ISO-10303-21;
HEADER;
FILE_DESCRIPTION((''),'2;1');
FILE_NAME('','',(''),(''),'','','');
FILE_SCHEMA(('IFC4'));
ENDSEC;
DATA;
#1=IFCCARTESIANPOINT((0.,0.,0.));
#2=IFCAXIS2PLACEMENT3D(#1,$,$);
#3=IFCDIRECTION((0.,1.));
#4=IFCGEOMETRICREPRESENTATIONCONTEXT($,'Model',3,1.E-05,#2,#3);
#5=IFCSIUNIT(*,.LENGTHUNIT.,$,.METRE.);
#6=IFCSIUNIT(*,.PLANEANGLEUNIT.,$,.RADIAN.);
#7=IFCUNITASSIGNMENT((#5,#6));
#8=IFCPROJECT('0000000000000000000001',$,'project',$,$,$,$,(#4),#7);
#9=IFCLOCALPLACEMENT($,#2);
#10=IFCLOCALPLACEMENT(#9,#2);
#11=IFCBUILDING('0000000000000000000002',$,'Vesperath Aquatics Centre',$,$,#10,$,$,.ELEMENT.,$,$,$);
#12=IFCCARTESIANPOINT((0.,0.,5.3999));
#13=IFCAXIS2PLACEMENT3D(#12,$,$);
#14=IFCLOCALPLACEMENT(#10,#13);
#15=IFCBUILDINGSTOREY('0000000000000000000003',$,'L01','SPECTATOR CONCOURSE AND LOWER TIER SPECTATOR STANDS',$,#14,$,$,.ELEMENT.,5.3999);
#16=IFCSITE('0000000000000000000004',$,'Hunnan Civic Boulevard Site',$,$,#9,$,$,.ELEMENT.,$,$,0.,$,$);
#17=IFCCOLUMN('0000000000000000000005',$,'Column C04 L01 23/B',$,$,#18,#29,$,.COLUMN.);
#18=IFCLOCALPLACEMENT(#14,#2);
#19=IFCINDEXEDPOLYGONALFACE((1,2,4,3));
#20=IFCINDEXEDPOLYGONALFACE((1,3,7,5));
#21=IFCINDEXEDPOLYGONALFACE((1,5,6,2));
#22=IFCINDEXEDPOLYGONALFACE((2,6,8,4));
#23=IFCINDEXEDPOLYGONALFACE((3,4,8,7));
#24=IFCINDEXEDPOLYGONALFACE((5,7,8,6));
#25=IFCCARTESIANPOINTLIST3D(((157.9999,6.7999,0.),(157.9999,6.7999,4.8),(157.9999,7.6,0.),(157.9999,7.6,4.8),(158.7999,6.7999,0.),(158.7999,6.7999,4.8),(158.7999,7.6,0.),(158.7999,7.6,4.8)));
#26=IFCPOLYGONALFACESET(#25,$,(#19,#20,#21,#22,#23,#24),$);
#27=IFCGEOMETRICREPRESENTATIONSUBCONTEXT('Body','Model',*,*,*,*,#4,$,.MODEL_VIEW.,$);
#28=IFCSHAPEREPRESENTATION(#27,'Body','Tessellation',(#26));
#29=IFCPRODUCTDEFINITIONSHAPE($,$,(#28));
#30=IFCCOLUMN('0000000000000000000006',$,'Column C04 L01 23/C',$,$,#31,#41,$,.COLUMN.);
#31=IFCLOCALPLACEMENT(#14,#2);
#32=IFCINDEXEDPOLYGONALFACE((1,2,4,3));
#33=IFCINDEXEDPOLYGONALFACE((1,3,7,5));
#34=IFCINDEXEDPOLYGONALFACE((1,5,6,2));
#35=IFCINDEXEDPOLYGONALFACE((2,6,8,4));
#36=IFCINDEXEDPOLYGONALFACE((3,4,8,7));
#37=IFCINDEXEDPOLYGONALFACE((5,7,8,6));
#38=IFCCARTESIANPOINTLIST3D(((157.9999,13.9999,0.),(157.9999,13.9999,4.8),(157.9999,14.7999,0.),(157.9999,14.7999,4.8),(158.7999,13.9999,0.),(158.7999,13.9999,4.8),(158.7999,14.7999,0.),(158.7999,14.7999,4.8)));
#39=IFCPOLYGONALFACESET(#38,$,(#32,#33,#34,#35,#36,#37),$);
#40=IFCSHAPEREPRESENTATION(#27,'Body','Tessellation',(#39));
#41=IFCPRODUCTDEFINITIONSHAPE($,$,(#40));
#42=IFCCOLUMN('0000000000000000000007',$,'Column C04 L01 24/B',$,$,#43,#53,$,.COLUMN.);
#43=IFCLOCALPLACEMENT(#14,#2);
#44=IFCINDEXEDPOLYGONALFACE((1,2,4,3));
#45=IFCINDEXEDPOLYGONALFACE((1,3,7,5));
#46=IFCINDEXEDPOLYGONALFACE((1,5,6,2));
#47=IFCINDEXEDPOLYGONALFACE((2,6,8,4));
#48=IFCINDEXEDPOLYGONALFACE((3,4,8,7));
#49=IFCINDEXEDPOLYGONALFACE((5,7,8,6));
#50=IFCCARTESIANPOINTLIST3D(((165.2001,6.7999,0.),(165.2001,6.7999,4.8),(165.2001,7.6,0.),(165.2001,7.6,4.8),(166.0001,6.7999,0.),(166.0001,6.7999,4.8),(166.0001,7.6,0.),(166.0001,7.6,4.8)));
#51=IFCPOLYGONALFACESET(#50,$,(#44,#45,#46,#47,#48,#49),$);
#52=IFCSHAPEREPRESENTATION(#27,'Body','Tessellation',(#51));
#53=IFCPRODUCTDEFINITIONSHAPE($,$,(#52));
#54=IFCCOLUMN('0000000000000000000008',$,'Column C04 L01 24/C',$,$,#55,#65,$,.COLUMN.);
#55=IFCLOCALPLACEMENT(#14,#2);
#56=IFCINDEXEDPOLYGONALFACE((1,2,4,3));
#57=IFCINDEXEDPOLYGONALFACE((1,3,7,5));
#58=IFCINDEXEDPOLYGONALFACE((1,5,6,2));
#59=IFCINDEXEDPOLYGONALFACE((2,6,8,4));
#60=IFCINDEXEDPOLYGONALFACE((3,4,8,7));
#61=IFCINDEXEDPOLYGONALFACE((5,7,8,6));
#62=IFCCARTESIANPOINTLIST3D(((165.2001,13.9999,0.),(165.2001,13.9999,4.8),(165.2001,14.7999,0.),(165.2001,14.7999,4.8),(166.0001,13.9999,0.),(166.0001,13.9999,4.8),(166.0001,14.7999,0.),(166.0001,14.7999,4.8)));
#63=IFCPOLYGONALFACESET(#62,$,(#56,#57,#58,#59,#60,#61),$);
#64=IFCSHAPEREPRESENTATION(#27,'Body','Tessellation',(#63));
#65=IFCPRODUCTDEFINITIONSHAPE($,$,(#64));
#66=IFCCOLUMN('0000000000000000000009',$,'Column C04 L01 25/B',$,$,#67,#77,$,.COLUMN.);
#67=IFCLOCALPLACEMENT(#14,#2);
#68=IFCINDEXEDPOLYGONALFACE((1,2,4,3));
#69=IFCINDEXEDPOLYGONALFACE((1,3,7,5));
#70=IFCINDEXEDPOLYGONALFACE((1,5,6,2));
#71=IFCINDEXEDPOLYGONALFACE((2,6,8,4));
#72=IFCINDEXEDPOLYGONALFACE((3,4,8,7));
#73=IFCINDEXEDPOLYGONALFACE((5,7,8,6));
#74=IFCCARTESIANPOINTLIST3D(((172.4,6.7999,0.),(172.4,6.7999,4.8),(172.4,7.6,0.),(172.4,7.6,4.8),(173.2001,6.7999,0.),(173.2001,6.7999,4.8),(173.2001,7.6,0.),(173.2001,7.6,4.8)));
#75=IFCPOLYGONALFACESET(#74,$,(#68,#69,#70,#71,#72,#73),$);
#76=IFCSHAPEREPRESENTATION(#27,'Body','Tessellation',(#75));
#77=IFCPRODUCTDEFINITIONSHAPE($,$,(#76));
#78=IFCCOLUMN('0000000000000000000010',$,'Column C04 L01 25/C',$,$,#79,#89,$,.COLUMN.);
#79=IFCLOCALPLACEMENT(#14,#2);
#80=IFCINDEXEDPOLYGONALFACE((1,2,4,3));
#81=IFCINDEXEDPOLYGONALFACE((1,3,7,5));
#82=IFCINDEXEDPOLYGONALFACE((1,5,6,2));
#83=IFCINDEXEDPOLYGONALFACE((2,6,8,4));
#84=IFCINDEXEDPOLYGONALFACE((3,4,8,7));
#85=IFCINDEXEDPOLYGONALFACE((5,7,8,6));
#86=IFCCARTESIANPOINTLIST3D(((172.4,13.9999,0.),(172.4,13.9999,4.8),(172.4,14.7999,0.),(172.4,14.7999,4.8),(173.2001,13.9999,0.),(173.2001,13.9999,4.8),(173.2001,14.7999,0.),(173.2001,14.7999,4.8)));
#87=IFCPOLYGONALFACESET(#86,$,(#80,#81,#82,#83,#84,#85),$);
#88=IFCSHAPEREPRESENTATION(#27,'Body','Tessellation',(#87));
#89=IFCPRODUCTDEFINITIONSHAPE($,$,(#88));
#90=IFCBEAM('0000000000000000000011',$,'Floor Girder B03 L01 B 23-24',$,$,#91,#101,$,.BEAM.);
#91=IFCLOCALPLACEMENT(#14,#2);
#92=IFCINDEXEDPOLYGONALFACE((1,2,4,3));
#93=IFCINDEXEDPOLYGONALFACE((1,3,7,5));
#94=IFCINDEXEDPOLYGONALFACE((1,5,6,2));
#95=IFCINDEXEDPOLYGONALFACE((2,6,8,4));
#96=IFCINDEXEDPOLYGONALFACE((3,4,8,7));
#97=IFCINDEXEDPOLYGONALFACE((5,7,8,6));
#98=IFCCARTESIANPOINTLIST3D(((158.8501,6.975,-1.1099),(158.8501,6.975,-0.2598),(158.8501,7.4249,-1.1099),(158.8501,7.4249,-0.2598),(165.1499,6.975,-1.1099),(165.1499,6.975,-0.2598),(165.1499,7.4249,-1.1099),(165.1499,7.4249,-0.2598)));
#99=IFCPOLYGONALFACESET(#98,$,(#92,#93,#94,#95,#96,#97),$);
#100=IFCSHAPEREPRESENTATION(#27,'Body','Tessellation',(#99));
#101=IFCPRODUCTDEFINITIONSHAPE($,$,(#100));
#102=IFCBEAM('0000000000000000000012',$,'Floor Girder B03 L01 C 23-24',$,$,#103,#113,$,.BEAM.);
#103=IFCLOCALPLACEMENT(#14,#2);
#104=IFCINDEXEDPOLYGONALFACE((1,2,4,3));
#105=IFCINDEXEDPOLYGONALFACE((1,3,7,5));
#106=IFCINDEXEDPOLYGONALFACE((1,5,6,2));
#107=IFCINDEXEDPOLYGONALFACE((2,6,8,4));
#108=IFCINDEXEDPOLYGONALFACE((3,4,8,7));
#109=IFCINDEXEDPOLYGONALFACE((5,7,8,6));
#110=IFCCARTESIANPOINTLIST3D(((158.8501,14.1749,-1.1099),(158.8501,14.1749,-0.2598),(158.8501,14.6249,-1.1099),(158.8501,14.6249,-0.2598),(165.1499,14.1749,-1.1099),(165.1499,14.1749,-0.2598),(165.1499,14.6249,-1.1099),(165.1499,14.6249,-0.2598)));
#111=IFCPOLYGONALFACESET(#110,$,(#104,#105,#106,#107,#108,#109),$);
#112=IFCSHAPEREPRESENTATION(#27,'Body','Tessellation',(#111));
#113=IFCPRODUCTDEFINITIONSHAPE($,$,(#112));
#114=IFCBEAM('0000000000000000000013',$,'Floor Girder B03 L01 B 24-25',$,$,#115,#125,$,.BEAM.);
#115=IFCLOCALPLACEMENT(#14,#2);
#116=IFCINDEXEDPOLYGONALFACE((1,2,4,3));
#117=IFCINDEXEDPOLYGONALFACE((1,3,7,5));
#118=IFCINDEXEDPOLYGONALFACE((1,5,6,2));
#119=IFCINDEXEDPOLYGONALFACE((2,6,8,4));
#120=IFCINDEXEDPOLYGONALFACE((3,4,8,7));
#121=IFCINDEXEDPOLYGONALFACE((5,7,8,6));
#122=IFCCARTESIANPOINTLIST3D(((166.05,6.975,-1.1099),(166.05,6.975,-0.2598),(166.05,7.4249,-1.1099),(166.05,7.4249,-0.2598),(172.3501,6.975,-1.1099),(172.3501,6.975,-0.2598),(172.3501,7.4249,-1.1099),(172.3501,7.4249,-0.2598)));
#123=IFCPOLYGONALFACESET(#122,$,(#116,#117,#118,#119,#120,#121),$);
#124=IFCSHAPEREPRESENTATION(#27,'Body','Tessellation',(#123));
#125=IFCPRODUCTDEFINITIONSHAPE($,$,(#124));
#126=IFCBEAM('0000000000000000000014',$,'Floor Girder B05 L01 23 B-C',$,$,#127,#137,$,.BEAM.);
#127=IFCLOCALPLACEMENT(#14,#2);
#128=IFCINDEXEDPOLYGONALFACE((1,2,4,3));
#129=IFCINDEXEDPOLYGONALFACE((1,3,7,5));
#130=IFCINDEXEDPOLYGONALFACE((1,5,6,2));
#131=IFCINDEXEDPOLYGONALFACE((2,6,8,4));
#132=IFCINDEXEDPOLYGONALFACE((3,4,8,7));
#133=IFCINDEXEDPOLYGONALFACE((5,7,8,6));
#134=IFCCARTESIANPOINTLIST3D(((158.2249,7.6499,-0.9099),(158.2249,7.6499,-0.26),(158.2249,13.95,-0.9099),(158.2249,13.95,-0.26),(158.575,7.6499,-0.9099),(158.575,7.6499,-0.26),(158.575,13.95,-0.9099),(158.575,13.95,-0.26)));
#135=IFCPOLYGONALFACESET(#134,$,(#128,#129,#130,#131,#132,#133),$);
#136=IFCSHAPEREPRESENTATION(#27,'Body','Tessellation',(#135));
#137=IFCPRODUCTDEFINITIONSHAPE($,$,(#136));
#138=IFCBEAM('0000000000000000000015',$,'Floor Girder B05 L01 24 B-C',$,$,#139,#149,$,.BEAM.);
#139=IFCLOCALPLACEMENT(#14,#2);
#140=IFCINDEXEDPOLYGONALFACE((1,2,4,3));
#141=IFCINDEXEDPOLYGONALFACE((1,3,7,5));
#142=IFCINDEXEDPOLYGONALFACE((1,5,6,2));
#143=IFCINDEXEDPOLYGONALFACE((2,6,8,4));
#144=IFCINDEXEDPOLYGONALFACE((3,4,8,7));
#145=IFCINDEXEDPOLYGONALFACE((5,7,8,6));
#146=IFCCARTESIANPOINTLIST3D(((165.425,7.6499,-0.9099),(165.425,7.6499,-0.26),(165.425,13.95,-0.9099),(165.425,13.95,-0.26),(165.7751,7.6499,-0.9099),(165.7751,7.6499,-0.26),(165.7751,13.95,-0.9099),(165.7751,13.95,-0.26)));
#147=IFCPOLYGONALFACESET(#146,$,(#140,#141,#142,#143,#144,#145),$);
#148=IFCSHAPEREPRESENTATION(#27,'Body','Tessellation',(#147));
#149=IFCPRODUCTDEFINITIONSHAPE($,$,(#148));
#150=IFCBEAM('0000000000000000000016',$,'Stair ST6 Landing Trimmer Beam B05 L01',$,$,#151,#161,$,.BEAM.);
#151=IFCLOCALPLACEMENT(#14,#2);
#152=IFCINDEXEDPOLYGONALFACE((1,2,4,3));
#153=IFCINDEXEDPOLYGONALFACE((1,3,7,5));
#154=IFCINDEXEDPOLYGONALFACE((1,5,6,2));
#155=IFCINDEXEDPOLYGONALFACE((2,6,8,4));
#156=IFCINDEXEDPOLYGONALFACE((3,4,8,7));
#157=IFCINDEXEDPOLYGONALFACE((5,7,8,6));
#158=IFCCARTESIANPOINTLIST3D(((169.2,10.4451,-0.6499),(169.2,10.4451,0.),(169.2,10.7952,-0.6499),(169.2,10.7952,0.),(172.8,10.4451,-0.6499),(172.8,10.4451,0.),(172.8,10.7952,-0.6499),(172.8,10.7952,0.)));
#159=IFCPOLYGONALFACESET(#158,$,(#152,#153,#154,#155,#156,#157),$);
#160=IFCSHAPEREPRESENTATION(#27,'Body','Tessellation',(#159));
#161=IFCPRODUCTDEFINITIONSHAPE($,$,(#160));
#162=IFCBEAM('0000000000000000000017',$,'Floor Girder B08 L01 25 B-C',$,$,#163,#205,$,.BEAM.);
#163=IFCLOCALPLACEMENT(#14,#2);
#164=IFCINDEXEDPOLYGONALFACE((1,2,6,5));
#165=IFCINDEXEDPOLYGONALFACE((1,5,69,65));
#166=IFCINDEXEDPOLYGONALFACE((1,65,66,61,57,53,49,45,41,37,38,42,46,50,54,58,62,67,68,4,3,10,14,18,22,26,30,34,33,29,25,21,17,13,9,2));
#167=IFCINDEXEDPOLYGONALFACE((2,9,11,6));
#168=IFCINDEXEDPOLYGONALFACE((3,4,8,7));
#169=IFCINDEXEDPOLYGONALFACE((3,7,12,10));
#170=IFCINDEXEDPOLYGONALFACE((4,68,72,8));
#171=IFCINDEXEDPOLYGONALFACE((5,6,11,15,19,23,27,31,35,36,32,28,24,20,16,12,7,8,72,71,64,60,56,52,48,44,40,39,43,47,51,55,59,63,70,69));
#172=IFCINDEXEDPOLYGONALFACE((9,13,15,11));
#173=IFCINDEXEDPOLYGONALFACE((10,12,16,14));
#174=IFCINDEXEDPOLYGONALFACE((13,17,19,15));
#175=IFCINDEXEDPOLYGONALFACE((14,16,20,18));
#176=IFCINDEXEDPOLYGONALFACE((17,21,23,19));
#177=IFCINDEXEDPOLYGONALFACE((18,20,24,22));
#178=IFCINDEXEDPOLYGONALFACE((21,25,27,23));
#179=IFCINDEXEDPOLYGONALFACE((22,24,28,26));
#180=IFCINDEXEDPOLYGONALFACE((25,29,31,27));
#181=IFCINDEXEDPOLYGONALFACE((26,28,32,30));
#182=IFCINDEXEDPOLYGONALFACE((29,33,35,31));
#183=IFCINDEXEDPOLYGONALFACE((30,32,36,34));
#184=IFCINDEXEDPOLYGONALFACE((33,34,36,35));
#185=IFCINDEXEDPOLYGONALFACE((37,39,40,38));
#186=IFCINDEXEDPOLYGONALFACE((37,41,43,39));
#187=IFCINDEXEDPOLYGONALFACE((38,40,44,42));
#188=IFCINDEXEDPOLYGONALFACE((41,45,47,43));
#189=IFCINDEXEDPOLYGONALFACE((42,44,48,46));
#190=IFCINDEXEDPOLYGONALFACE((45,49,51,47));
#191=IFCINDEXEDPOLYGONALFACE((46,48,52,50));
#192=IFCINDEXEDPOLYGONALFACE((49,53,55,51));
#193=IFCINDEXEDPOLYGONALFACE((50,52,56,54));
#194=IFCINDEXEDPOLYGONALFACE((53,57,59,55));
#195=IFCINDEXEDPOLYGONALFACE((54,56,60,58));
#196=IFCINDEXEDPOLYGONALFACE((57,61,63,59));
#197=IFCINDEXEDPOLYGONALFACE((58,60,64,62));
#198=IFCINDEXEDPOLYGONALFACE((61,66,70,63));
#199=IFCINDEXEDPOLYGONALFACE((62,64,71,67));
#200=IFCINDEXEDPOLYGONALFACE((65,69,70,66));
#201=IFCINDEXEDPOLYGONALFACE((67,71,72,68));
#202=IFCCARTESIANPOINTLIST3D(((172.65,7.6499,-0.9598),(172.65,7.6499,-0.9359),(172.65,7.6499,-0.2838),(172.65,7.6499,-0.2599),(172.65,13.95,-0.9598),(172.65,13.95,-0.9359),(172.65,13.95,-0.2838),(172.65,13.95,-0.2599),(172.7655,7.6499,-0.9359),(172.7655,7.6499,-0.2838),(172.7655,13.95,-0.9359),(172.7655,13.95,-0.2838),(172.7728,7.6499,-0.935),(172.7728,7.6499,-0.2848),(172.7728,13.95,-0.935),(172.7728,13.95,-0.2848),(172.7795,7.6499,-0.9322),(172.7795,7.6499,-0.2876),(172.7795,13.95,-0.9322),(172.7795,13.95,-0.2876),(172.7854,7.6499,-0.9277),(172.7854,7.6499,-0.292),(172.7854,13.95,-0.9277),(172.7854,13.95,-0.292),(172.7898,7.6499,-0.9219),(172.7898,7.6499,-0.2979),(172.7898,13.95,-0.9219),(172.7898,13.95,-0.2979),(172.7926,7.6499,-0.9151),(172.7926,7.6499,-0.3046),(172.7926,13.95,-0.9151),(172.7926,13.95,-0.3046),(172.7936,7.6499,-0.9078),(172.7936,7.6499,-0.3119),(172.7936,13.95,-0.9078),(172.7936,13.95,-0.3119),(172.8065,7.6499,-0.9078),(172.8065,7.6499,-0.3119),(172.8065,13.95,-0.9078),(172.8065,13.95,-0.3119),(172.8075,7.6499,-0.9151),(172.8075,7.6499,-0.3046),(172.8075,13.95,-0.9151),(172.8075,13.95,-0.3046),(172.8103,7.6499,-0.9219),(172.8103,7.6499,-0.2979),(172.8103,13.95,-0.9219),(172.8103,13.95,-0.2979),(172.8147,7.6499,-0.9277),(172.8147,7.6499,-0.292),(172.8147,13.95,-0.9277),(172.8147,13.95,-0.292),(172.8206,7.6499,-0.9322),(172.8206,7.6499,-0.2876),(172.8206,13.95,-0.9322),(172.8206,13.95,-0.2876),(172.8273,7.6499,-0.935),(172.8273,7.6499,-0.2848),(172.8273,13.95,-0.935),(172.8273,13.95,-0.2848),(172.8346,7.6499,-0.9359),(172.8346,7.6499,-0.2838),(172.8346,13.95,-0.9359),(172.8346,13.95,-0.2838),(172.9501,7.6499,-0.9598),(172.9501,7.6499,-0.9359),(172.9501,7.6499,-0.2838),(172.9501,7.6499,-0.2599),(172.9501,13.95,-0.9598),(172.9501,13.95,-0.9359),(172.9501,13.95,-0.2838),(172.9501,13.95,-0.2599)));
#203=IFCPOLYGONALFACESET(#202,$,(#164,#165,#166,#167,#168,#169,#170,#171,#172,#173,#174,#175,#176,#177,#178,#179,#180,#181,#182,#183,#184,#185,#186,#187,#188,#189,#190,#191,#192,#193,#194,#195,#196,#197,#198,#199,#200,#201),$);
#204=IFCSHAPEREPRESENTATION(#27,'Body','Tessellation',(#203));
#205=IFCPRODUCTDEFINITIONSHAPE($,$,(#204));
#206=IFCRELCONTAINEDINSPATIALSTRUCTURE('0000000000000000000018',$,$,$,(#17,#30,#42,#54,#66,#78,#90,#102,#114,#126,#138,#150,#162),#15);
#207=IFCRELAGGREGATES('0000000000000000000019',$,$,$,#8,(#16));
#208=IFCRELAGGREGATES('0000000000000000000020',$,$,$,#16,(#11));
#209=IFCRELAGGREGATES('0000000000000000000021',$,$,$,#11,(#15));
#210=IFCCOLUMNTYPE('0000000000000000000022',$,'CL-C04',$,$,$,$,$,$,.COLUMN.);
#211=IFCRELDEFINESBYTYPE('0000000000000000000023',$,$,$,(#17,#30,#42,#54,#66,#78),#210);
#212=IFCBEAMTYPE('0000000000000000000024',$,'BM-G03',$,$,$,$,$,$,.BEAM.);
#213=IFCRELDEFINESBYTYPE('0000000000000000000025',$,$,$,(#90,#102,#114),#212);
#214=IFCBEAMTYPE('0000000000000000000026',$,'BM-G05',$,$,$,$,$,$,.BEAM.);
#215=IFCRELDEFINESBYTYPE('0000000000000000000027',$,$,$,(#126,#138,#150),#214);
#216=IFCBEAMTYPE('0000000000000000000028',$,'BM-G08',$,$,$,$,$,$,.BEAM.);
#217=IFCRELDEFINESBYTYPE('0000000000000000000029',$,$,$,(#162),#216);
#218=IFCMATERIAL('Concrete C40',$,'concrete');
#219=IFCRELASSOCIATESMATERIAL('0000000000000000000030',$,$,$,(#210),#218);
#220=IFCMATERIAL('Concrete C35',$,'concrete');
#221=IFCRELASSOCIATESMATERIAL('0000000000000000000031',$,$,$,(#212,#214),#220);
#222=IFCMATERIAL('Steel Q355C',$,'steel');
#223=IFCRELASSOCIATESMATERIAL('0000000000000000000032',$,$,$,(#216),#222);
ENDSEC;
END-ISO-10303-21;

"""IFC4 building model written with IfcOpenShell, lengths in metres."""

from ifc_helpers import new_model, si_unit, direction, frame, origin, origin_2d, place, context, subcontext, project, spatial, rectangle, i_section, extrude, material, material_profile, profile_set, type_object, element, save


model = new_model("IFC4")

# Units and contexts
model_context = context("Model", 3, precision=1e-05, world=origin(), true_north=direction((0.0, 1.0)))
body_context = subcontext(model_context, "Body", "Model", "MODEL_VIEW")
ifc_project = project(units=[si_unit("LENGTHUNIT", "METRE"), si_unit("PLANEANGLEUNIT", "RADIAN")], contexts=[model_context])

# Site, building, storey
site_placement = place(None, origin())
site = spatial("IfcSite", under=ifc_project, at=site_placement, Name="Hunnan Civic Boulevard Site", CompositionType="ELEMENT", RefElevation=0.0)
building_placement = place(site_placement, origin())
building = spatial("IfcBuilding", under=site, at=building_placement, Name="Vesperath Aquatics Centre", CompositionType="ELEMENT")
storey_placement = place(building_placement, frame((0.0, 0.0, 5.3999)))
storey = spatial("IfcBuildingStorey", under=building, at=storey_placement, Name="L01", Description="SPECTATOR CONCOURSE AND LOWER TIER SPECTATOR STANDS", CompositionType="ELEMENT", Elevation=5.3999)

# Columns
ifc_material_1 = material(Name="Concrete C40", Category="concrete")
ifc_material_profile_1 = material_profile(ifc_material_1, rectangle(XDim=0.8, YDim=0.8, at=origin_2d()), Name="RC 800x800")
ifc_profile_set_1 = profile_set([ifc_material_profile_1], Name="Concrete C40")
column_type = type_object("IfcColumnType", Name="CL-C04", PredefinedType="COLUMN", material=ifc_profile_set_1)
for number, where, z_axis, x_axis, name in (
    (1, (158.3999, 7.2, 0.0), (0.0, 0.0, 1.0), (1.0, 0.0, 0.0), "Column C04 L01 23/B"),
    (2, (158.3999, 14.3999, 0.0), (0.0, 0.0, 1.0), (1.0, 0.0, 0.0), "Column C04 L01 23/C"),
    (3, (165.6001, 7.2, 0.0), (0.0, 0.0, 1.0), (1.0, 0.0, 0.0), "Column C04 L01 24/B"),
    (4, (165.6001, 14.3999, 0.0), (0.0, 0.0, 1.0), (1.0, 0.0, 0.0), "Column C04 L01 24/C"),
    (5, (172.8, 7.2, 0.0), (0.0, 0.0, 1.0), (1.0, 0.0, 0.0), "Column C04 L01 25/B"),
    (6, (172.8, 14.3999, 0.0), (0.0, 0.0, 1.0), (1.0, 0.0, 0.0), "Column C04 L01 25/C"),
):
    element("IfcColumn", number, at=place(storey_placement, frame(where, z_axis=z_axis, x_axis=x_axis)), inside=storey, type_object=column_type, Name=name, PredefinedType="COLUMN", context=body_context, shape_type="SweptSolid", body=[
        extrude(rectangle(XDim=0.8, YDim=0.8, at=origin_2d()), origin(), (0.0, 0.0, 1.0), 4.8),
    ])

# Beams
ifc_material_2 = material(Name="Concrete C35", Category="concrete")
ifc_material_profile_2 = material_profile(ifc_material_2, rectangle(XDim=0.45, YDim=0.8501, at=origin_2d()), Name="RC 450x850")
ifc_profile_set_2 = profile_set([ifc_material_profile_2], Name="Concrete C35")
beam_type_1 = type_object("IfcBeamType", Name="BM-G03", PredefinedType="BEAM", material=ifc_profile_set_2)
for number, where, z_axis, x_axis, name in (
    (7, (158.8501, 7.2, -0.6848), (1.0, 0.0, 0.0), (0.0, 1.0, 0.0), "Floor Girder B03 L01 B 23-24"),
    (8, (158.8501, 14.3999, -0.6848), (1.0, 0.0, 0.0), (0.0, 1.0, 0.0), "Floor Girder B03 L01 C 23-24"),
):
    element("IfcBeam", number, at=place(storey_placement, frame(where, z_axis=z_axis, x_axis=x_axis)), inside=storey, type_object=beam_type_1, Name=name, PredefinedType="BEAM", context=body_context, shape_type="SweptSolid", body=[
        extrude(rectangle(XDim=0.45, YDim=0.8501, at=origin_2d()), origin(), (0.0, 0.0, 1.0), 6.2998),
    ])
beam_1_placement = place(storey_placement, frame((166.05, 7.2, -0.6848), z_axis=(1.0, 0.0, 0.0), x_axis=(0.0, 1.0, 0.0)))
element("IfcBeam", 9, at=beam_1_placement, inside=storey, type_object=beam_type_1, Name="Floor Girder B03 L01 B 24-25", PredefinedType="BEAM", context=body_context, shape_type="SweptSolid", body=[
    extrude(rectangle(XDim=0.45, YDim=0.8501, at=origin_2d()), origin(), (0.0, 0.0, 1.0), 6.3),
])
ifc_material_profile_3 = material_profile(ifc_material_2, rectangle(XDim=0.3501, YDim=0.6499, at=origin_2d()), Name="RC 350x650")
ifc_profile_set_3 = profile_set([ifc_material_profile_3], Name="Concrete C35")
beam_type_2 = type_object("IfcBeamType", Name="BM-G05", PredefinedType="BEAM", material=ifc_profile_set_3)
for number, where, z_axis, x_axis, name in (
    (10, (158.3999, 7.6499, -0.585), (0.0, 1.0, 0.0), (-1.0, 0.0, 0.0), "Floor Girder B05 L01 23 B-C"),
    (11, (165.6001, 7.6499, -0.585), (0.0, 1.0, 0.0), (-1.0, 0.0, 0.0), "Floor Girder B05 L01 24 B-C"),
):
    element("IfcBeam", number, at=place(storey_placement, frame(where, z_axis=z_axis, x_axis=x_axis)), inside=storey, type_object=beam_type_2, Name=name, PredefinedType="BEAM", context=body_context, shape_type="SweptSolid", body=[
        extrude(rectangle(XDim=0.3501, YDim=0.6499, at=origin_2d()), origin(), (0.0, 0.0, 1.0), 6.3),
    ])
beam_2_placement = place(storey_placement, frame((169.2, 10.6201, -0.325), z_axis=(1.0, 0.0, 0.0), x_axis=(0.0, 1.0, 0.0)))
element("IfcBeam", 12, at=beam_2_placement, inside=storey, type_object=beam_type_2, Name="Stair ST6 Landing Trimmer Beam B05 L01", PredefinedType="BEAM", context=body_context, shape_type="SweptSolid", body=[
    extrude(rectangle(XDim=0.3501, YDim=0.6499, at=origin_2d()), origin(), (0.0, 0.0, 1.0), 3.6001),
])
ifc_material_3 = material(Name="Steel Q355C", Category="steel")
ifc_material_profile_4 = material_profile(ifc_material_3, i_section(OverallWidth=0.3, OverallDepth=0.7, WebThickness=0.0129, FlangeThickness=0.0239, FilletRadius=0.0281, at=origin_2d()), Name="HN 700x300x13x24")
ifc_profile_set_4 = profile_set([ifc_material_profile_4], Name="Steel Q355C")
beam_type_3 = type_object("IfcBeamType", Name="BM-G08", PredefinedType="BEAM", material=ifc_profile_set_4)
beam_3_placement = place(storey_placement, frame((172.8, 7.6499, -0.6099), z_axis=(0.0, 1.0, 0.0), x_axis=(-1.0, 0.0, 0.0)))
element("IfcBeam", 13, at=beam_3_placement, inside=storey, type_object=beam_type_3, Name="Floor Girder B08 L01 25 B-C", PredefinedType="BEAM", context=body_context, shape_type="SweptSolid", body=[
    extrude(i_section(OverallWidth=0.3, OverallDepth=0.7, WebThickness=0.0129, FlangeThickness=0.0239, FilletRadius=0.0281, at=origin_2d()), origin(), (0.0, 0.0, 1.0), 6.3),
])

save(model, "model.ifc")
